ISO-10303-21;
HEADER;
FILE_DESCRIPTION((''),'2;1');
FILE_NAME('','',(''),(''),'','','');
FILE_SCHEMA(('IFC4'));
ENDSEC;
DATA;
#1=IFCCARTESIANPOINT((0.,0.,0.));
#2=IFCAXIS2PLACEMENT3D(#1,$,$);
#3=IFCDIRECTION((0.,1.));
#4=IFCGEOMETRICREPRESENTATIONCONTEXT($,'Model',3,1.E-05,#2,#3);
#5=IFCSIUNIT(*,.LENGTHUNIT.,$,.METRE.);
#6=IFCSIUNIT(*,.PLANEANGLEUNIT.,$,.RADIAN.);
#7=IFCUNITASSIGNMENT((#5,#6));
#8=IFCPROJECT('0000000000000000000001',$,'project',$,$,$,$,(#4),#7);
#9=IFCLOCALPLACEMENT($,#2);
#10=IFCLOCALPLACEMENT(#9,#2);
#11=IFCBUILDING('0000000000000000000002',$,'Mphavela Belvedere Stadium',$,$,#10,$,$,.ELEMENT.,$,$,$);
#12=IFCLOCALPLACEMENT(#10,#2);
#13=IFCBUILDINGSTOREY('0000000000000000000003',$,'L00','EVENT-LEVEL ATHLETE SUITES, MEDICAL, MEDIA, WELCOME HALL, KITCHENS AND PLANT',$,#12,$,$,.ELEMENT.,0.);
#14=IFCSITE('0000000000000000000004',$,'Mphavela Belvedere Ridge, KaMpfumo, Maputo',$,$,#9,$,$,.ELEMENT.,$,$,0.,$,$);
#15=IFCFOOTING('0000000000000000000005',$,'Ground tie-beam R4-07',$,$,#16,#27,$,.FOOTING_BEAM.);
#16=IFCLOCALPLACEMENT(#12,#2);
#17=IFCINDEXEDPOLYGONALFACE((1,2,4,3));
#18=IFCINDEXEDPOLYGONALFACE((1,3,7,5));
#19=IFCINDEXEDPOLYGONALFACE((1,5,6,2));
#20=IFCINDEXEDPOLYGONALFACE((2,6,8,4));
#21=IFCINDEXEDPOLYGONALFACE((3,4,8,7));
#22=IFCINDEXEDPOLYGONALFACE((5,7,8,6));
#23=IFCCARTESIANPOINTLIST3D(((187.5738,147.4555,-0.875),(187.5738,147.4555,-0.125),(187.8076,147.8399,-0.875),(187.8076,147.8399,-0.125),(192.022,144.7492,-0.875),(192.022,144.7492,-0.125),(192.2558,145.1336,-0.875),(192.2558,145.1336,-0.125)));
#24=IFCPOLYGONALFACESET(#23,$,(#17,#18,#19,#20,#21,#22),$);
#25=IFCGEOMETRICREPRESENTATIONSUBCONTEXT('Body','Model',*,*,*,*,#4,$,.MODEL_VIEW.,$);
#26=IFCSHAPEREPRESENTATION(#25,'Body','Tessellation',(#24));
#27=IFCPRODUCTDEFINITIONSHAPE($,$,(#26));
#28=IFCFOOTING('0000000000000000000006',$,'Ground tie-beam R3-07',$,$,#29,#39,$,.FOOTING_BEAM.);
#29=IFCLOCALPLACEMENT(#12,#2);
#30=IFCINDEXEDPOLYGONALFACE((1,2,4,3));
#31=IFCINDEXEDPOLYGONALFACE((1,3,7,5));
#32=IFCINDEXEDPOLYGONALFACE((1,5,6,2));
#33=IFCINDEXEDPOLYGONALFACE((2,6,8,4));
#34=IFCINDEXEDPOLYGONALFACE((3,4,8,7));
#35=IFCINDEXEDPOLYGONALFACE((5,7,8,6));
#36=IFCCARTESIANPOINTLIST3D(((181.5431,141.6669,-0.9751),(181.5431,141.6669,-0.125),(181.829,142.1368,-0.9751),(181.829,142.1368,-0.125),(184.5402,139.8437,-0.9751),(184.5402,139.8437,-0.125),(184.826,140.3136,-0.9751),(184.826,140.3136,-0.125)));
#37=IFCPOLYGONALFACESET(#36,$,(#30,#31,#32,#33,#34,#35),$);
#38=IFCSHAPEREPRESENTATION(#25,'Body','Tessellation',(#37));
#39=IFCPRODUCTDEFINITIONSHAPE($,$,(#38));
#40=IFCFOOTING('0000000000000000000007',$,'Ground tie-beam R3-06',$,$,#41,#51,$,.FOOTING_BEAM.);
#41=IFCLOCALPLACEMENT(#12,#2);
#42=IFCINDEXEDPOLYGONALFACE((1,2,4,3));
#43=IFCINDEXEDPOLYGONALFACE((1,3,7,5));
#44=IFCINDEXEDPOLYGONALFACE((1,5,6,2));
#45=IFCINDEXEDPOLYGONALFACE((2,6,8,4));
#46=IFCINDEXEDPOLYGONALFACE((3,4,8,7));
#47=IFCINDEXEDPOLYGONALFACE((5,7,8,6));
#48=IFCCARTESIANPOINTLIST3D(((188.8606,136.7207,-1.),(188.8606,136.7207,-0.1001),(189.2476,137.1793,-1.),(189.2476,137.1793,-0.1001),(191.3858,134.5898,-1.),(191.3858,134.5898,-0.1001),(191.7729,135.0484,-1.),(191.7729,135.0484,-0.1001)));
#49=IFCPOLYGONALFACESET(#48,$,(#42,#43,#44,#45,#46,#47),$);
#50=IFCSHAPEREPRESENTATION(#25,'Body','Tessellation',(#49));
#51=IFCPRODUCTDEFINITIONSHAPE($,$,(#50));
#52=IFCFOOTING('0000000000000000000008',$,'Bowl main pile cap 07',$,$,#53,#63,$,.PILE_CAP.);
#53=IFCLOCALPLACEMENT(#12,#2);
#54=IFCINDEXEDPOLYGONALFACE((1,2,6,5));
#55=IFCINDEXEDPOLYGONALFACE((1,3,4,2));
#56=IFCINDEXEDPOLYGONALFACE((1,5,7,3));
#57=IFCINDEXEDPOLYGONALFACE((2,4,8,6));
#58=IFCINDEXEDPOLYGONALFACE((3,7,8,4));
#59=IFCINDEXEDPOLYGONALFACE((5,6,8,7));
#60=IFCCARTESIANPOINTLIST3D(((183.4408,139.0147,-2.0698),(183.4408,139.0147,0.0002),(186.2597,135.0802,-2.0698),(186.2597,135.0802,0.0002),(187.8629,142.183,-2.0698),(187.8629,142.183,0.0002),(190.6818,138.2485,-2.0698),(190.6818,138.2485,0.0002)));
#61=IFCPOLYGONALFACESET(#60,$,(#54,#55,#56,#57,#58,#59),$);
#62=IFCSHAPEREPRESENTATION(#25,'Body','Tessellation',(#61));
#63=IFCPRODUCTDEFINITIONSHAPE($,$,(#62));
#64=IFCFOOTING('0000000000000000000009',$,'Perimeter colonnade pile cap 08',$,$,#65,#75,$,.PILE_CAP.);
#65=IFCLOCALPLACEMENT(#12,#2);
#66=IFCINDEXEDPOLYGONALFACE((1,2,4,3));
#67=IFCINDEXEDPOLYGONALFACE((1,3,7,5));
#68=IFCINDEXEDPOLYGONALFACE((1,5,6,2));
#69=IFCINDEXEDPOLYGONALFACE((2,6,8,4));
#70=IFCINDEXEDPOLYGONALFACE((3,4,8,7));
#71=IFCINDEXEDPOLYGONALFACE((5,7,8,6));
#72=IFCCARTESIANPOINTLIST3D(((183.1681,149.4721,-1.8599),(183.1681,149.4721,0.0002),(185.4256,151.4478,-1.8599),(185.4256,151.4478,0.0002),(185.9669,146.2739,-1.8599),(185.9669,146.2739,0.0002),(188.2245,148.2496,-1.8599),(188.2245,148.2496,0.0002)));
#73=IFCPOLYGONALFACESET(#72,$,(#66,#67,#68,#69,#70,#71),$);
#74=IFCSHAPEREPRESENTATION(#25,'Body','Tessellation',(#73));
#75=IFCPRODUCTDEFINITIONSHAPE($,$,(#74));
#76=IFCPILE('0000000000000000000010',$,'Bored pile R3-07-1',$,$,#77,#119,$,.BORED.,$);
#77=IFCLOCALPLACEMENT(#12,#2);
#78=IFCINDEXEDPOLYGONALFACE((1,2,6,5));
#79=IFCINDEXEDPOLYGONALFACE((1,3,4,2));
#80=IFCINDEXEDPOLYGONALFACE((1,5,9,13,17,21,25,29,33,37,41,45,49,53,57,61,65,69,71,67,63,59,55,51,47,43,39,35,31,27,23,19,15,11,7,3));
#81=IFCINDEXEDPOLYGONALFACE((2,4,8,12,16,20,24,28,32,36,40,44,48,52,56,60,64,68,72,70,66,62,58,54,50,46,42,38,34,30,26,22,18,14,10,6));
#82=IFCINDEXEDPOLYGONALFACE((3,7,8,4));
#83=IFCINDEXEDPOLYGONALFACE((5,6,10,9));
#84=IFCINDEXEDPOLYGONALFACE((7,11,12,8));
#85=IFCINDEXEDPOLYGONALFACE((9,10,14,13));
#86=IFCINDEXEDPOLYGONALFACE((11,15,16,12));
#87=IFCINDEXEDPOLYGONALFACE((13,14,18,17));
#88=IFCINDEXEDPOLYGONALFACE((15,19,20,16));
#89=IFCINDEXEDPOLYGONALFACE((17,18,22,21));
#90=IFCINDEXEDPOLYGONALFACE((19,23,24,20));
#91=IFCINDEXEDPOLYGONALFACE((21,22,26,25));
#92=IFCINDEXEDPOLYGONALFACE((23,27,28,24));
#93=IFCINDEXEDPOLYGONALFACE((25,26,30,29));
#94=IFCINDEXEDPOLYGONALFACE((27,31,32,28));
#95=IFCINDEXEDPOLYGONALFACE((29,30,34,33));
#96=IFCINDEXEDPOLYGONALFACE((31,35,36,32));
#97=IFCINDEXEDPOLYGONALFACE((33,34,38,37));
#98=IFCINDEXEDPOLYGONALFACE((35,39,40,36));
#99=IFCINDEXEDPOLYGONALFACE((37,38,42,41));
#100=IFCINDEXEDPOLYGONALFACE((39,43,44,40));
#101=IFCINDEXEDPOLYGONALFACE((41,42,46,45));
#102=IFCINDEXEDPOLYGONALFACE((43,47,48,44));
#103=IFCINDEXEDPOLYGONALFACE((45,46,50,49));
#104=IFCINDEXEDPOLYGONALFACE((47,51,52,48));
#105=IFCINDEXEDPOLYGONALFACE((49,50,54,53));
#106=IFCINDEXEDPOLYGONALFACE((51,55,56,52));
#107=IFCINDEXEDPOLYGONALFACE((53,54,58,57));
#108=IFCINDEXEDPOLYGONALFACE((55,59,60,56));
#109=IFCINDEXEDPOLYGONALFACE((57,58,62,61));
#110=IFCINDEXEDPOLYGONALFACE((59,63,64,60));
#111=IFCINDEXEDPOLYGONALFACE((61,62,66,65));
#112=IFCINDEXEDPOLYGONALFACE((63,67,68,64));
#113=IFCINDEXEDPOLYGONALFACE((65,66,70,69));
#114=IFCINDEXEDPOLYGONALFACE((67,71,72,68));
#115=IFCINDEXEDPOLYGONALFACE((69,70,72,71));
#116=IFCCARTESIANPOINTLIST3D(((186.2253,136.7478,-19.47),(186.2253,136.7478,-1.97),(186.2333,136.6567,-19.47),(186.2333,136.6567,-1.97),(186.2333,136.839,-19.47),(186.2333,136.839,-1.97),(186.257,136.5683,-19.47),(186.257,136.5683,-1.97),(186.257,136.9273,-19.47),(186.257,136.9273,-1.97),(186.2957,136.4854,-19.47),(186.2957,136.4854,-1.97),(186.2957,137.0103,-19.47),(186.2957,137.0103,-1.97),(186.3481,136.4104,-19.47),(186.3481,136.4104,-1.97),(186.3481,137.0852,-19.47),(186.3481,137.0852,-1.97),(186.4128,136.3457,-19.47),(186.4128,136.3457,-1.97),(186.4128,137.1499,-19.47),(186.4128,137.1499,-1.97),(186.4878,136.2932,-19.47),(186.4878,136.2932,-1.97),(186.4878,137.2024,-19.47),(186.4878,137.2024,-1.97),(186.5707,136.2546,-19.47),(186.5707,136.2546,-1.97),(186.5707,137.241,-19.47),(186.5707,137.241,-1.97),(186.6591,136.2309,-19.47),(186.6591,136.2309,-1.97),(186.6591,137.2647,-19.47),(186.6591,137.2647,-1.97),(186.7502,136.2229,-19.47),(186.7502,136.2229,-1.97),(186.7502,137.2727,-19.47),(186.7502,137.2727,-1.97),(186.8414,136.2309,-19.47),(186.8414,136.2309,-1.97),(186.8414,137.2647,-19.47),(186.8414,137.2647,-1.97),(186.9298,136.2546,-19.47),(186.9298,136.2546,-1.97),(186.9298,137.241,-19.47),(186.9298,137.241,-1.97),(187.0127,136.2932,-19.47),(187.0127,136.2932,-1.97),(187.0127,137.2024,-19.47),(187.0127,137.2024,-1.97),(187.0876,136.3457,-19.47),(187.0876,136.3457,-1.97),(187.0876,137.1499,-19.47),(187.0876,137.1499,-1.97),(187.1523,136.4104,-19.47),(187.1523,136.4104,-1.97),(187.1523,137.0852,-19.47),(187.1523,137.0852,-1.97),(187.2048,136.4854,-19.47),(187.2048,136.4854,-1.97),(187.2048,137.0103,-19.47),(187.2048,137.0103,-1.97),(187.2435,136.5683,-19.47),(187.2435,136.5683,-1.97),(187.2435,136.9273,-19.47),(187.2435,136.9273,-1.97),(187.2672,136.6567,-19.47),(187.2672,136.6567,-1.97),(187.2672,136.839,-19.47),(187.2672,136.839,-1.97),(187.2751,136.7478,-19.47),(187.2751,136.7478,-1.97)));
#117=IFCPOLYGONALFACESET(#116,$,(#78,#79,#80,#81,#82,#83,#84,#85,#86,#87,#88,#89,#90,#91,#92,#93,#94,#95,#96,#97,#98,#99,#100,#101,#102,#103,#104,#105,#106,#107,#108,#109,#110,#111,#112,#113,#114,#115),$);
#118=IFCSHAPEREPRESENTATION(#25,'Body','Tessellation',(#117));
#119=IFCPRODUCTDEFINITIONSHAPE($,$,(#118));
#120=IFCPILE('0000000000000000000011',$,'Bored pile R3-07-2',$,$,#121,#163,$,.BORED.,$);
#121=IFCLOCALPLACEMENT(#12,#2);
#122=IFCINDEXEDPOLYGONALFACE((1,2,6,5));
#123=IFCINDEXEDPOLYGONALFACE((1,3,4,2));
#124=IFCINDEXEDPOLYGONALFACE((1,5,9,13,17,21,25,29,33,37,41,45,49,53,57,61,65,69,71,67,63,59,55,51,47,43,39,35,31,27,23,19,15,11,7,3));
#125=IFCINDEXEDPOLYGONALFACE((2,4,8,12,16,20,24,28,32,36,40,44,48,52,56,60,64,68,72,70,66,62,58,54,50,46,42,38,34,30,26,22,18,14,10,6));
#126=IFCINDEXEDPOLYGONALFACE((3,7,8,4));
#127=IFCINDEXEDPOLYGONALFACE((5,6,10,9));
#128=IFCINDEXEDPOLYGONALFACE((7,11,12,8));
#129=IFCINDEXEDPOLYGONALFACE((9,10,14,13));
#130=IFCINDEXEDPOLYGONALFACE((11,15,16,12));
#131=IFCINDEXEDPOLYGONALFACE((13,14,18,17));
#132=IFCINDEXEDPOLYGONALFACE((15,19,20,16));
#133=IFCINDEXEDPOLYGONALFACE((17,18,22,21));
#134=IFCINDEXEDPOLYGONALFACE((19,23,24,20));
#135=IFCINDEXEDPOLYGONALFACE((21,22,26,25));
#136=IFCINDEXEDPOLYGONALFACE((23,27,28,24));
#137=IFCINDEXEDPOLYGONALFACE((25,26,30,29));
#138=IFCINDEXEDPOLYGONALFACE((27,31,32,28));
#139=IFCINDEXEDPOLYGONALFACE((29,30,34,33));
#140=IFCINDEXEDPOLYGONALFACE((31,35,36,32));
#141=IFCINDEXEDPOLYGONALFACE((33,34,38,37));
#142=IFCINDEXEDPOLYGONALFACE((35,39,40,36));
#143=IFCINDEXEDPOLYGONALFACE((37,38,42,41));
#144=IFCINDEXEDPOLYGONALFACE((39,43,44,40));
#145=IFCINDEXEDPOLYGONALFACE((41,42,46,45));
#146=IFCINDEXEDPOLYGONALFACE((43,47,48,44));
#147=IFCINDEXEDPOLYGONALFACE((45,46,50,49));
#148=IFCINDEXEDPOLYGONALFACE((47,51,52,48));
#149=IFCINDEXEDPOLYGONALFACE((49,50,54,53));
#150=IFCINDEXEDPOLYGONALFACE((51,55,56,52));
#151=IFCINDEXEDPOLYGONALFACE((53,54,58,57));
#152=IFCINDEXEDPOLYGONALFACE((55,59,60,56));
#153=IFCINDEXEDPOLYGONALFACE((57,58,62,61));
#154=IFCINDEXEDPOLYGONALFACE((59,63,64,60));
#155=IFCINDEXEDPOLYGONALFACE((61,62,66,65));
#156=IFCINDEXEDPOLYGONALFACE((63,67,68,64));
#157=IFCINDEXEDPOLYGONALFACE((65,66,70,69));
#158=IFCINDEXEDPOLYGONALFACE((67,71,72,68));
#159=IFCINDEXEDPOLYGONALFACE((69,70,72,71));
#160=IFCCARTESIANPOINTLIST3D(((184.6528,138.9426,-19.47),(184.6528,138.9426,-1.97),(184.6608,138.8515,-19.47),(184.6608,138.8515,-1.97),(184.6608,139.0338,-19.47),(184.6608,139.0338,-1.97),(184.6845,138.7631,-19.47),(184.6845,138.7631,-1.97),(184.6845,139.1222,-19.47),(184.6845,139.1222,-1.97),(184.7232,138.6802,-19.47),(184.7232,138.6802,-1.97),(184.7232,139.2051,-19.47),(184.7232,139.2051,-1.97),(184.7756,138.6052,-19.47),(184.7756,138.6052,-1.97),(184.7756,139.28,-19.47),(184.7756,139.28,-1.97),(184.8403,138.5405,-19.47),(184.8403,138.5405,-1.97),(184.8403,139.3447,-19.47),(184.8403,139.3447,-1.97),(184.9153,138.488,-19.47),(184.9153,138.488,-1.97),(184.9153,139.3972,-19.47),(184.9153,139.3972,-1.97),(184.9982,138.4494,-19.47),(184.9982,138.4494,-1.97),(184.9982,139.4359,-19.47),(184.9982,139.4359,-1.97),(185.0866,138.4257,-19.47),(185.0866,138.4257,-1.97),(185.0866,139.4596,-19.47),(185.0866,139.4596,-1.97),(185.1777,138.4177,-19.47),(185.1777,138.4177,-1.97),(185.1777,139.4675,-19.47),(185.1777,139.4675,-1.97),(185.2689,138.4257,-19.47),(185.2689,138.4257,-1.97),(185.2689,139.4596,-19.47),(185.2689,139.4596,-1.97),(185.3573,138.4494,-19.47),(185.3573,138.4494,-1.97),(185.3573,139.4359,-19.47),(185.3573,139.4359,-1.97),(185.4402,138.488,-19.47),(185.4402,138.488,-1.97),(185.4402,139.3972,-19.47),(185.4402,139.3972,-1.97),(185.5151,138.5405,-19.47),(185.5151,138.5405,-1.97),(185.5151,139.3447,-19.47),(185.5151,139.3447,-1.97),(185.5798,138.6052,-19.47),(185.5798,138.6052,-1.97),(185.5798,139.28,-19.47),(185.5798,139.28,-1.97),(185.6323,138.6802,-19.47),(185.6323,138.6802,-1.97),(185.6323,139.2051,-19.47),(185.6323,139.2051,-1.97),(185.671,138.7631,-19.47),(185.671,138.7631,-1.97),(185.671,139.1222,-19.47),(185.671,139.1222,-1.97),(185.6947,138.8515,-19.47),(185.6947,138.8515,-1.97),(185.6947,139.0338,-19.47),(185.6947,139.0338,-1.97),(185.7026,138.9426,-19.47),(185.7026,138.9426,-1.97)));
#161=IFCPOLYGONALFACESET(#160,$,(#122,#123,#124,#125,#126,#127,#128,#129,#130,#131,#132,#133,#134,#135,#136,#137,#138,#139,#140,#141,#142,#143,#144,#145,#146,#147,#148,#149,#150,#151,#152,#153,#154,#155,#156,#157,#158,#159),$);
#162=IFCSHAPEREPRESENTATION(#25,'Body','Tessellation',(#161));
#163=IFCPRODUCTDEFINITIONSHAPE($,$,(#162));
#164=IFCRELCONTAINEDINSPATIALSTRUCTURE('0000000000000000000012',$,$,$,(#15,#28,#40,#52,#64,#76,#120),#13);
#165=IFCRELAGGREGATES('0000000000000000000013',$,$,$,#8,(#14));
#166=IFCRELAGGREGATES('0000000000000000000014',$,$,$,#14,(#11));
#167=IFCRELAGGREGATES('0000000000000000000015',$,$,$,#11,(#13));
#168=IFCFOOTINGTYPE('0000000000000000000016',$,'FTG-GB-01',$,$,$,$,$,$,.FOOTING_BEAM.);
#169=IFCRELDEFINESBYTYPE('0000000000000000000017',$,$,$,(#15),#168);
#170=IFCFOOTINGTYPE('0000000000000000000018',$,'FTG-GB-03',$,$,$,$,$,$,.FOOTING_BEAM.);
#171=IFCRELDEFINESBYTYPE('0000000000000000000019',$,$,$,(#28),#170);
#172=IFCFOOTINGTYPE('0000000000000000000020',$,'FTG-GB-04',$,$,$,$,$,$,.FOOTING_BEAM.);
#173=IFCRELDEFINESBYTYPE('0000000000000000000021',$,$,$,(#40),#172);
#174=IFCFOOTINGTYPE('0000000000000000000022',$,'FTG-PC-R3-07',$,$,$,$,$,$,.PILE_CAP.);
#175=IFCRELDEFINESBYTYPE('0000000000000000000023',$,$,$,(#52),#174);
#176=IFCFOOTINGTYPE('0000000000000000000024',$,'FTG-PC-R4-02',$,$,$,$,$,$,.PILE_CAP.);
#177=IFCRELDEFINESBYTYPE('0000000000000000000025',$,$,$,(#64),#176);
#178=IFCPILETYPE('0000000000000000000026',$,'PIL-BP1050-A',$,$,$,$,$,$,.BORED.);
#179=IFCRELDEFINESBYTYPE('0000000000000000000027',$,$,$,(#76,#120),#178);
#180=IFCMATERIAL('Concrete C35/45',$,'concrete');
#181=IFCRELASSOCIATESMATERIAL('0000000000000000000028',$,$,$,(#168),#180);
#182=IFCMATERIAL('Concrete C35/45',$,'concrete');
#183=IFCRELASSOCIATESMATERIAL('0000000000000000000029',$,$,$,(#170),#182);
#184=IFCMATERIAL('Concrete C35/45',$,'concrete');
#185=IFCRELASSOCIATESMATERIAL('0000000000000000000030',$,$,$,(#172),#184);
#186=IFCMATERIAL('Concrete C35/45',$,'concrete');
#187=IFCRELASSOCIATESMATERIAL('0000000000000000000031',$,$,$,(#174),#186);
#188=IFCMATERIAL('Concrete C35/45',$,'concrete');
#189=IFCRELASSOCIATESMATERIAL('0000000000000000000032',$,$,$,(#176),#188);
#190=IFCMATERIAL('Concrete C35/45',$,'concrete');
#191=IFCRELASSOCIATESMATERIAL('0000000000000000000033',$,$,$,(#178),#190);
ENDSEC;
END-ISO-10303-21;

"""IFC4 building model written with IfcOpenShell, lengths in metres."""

from ifc_helpers import new_model, si_unit, direction, frame, origin, origin_2d, place, context, subcontext, project, spatial, rectangle, circle, extrude, material, material_profile, profile_set, type_object, element, save


model = new_model("IFC4")

# Units and contexts
model_context = context("Model", 3, precision=1e-05, world=origin(), true_north=direction((0.0, 1.0)))
body_context = subcontext(model_context, "Body", "Model", "MODEL_VIEW")
ifc_project = project(units=[si_unit("LENGTHUNIT", "METRE"), si_unit("PLANEANGLEUNIT", "RADIAN")], contexts=[model_context])

# Site, building, storey
site_placement = place(None, origin())
site = spatial("IfcSite", under=ifc_project, at=site_placement, Name="Mphavela Belvedere Ridge, KaMpfumo, Maputo", CompositionType="ELEMENT", RefElevation=0.0)
building_placement = place(site_placement, origin())
building = spatial("IfcBuilding", under=site, at=building_placement, Name="Mphavela Belvedere Stadium", CompositionType="ELEMENT")
storey_placement = place(building_placement, origin())
storey = spatial("IfcBuildingStorey", under=building, at=storey_placement, Name="L00", Description="EVENT-LEVEL ATHLETE SUITES, MEDICAL, MEDIA, WELCOME HALL, KITCHENS AND PLANT", CompositionType="ELEMENT", Elevation=0.0)

# Footings
ifc_material_1 = material(Name="Concrete C35/45", Category="concrete")
ifc_material_profile_1 = material_profile(ifc_material_1, rectangle(XDim=0.45, YDim=0.75, at=origin_2d()), Name="GB 450x750")
ifc_profile_set_1 = profile_set([ifc_material_profile_1], Name="Concrete C35/45")
footing_type_1 = type_object("IfcFootingType", Name="FTG-GB-01", PredefinedType="FOOTING_BEAM", material=ifc_profile_set_1)
footing_1_placement = place(storey_placement, frame((192.1389, 144.9414, -0.5), z_axis=(-0.854312, 0.519761, 0.0), x_axis=(-0.519761, -0.854312, 0.0)))
element("IfcFooting", 1, at=footing_1_placement, inside=storey, type_object=footing_type_1, Name="Ground tie-beam R4-07", PredefinedType="FOOTING_BEAM", context=body_context, shape_type="SweptSolid", body=[
    extrude(rectangle(XDim=0.45, YDim=0.75, at=origin_2d()), origin(), (0.0, 0.0, 1.0), 5.2068),
])
ifc_material_2 = material(Name="Concrete C35/45", Category="concrete")
ifc_material_profile_2 = material_profile(ifc_material_2, rectangle(XDim=0.55, YDim=0.8501, at=origin_2d()), Name="GB 550x850")
ifc_profile_set_2 = profile_set([ifc_material_profile_2], Name="Concrete C35/45")
footing_type_2 = type_object("IfcFootingType", Name="FTG-GB-03", PredefinedType="FOOTING_BEAM", material=ifc_profile_set_2)
footing_2_placement = place(storey_placement, frame((184.6831, 140.0786, -0.55), z_axis=(-0.854333, 0.519726, 0.0), x_axis=(-0.519726, -0.854333, 0.0)))
element("IfcFooting", 2, at=footing_2_placement, inside=storey, type_object=footing_type_2, Name="Ground tie-beam R3-07", PredefinedType="FOOTING_BEAM", context=body_context, shape_type="SweptSolid", body=[
    extrude(rectangle(XDim=0.55, YDim=0.8501, at=origin_2d()), origin(), (0.0, 0.0, 1.0), 3.5081),
])
ifc_material_3 = material(Name="Concrete C35/45", Category="concrete")
ifc_material_profile_3 = material_profile(ifc_material_3, rectangle(XDim=0.6001, YDim=0.8999, at=origin_2d()), Name="GB 600x900")
ifc_profile_set_3 = profile_set([ifc_material_profile_3], Name="Concrete C35/45")
footing_type_3 = type_object("IfcFootingType", Name="FTG-GB-04", PredefinedType="FOOTING_BEAM", material=ifc_profile_set_3)
footing_3_placement = place(storey_placement, frame((191.5793, 134.8191, -0.55), z_axis=(-0.764252, 0.644918, 0.0), x_axis=(-0.644918, -0.764252, 0.0)))
element("IfcFooting", 3, at=footing_3_placement, inside=storey, type_object=footing_type_3, Name="Ground tie-beam R3-06", PredefinedType="FOOTING_BEAM", context=body_context, shape_type="SweptSolid", body=[
    extrude(rectangle(XDim=0.6001, YDim=0.8999, at=origin_2d()), origin(), (0.0, 0.0, 1.0), 3.3042),
])
ifc_material_4 = material(Name="Concrete C35/45", Category="concrete")
footing_type_4 = type_object("IfcFootingType", Name="FTG-PC-R3-07", PredefinedType="PILE_CAP", material=ifc_material_4)
footing_4_placement = place(storey_placement, frame((187.0613, 138.6316, -2.0698), z_axis=(0.0, 0.0, 1.0), x_axis=(0.812898, 0.582407, 0.0)))
element("IfcFooting", 4, at=footing_4_placement, inside=storey, type_object=footing_type_4, Name="Bowl main pile cap 07", PredefinedType="PILE_CAP", context=body_context, shape_type="SweptSolid", body=[
    extrude(rectangle(XDim=5.4399, YDim=4.8401, at=origin_2d()), origin(), (0.0, 0.0, 1.0), 2.0701),
])
ifc_material_5 = material(Name="Concrete C35/45", Category="concrete")
footing_type_5 = type_object("IfcFootingType", Name="FTG-PC-R4-02", PredefinedType="PILE_CAP", material=ifc_material_5)
footing_5_placement = place(storey_placement, frame((185.6963, 148.8608, -1.8599), z_axis=(0.0, 0.0, 1.0), x_axis=(-0.658558, 0.75253, 0.0)))
element("IfcFooting", 5, at=footing_5_placement, inside=storey, type_object=footing_type_5, Name="Perimeter colonnade pile cap 08", PredefinedType="PILE_CAP", context=body_context, shape_type="SweptSolid", body=[
    extrude(rectangle(XDim=4.25, YDim=3.0, at=origin_2d()), origin(), (0.0, 0.0, 1.0), 1.8601),
])

# Piles
ifc_material_6 = material(Name="Concrete C35/45", Category="concrete")
ifc_material_profile_4 = material_profile(ifc_material_6, circle(Radius=0.5249, at=origin_2d()), Name="BP D1050")
ifc_profile_set_4 = profile_set([ifc_material_profile_4], Name="Concrete C35/45")
pile_type_1 = type_object("IfcPileType", Name="PIL-BP1050-A", PredefinedType="BORED", material=ifc_profile_set_4)
for number, where, z_axis, x_axis, name in (
    (6, (186.7502, 136.7478, -1.97), (0.0, 0.0, -1.0), (1.0, 0.0, 0.0), "Bored pile R3-07-1"),
    (7, (185.1777, 138.9426, -1.97), (0.0, 0.0, -1.0), (1.0, 0.0, 0.0), "Bored pile R3-07-2"),
):
    element("IfcPile", number, at=place(storey_placement, frame(where, z_axis=z_axis, x_axis=x_axis)), inside=storey, type_object=pile_type_1, Name=name, PredefinedType="BORED", context=body_context, shape_type="SweptSolid", body=[
        extrude(circle(Radius=0.5249, at=origin_2d()), origin(), (0.0, 0.0, 1.0), 17.5),
    ])

save(model, "model.ifc")
